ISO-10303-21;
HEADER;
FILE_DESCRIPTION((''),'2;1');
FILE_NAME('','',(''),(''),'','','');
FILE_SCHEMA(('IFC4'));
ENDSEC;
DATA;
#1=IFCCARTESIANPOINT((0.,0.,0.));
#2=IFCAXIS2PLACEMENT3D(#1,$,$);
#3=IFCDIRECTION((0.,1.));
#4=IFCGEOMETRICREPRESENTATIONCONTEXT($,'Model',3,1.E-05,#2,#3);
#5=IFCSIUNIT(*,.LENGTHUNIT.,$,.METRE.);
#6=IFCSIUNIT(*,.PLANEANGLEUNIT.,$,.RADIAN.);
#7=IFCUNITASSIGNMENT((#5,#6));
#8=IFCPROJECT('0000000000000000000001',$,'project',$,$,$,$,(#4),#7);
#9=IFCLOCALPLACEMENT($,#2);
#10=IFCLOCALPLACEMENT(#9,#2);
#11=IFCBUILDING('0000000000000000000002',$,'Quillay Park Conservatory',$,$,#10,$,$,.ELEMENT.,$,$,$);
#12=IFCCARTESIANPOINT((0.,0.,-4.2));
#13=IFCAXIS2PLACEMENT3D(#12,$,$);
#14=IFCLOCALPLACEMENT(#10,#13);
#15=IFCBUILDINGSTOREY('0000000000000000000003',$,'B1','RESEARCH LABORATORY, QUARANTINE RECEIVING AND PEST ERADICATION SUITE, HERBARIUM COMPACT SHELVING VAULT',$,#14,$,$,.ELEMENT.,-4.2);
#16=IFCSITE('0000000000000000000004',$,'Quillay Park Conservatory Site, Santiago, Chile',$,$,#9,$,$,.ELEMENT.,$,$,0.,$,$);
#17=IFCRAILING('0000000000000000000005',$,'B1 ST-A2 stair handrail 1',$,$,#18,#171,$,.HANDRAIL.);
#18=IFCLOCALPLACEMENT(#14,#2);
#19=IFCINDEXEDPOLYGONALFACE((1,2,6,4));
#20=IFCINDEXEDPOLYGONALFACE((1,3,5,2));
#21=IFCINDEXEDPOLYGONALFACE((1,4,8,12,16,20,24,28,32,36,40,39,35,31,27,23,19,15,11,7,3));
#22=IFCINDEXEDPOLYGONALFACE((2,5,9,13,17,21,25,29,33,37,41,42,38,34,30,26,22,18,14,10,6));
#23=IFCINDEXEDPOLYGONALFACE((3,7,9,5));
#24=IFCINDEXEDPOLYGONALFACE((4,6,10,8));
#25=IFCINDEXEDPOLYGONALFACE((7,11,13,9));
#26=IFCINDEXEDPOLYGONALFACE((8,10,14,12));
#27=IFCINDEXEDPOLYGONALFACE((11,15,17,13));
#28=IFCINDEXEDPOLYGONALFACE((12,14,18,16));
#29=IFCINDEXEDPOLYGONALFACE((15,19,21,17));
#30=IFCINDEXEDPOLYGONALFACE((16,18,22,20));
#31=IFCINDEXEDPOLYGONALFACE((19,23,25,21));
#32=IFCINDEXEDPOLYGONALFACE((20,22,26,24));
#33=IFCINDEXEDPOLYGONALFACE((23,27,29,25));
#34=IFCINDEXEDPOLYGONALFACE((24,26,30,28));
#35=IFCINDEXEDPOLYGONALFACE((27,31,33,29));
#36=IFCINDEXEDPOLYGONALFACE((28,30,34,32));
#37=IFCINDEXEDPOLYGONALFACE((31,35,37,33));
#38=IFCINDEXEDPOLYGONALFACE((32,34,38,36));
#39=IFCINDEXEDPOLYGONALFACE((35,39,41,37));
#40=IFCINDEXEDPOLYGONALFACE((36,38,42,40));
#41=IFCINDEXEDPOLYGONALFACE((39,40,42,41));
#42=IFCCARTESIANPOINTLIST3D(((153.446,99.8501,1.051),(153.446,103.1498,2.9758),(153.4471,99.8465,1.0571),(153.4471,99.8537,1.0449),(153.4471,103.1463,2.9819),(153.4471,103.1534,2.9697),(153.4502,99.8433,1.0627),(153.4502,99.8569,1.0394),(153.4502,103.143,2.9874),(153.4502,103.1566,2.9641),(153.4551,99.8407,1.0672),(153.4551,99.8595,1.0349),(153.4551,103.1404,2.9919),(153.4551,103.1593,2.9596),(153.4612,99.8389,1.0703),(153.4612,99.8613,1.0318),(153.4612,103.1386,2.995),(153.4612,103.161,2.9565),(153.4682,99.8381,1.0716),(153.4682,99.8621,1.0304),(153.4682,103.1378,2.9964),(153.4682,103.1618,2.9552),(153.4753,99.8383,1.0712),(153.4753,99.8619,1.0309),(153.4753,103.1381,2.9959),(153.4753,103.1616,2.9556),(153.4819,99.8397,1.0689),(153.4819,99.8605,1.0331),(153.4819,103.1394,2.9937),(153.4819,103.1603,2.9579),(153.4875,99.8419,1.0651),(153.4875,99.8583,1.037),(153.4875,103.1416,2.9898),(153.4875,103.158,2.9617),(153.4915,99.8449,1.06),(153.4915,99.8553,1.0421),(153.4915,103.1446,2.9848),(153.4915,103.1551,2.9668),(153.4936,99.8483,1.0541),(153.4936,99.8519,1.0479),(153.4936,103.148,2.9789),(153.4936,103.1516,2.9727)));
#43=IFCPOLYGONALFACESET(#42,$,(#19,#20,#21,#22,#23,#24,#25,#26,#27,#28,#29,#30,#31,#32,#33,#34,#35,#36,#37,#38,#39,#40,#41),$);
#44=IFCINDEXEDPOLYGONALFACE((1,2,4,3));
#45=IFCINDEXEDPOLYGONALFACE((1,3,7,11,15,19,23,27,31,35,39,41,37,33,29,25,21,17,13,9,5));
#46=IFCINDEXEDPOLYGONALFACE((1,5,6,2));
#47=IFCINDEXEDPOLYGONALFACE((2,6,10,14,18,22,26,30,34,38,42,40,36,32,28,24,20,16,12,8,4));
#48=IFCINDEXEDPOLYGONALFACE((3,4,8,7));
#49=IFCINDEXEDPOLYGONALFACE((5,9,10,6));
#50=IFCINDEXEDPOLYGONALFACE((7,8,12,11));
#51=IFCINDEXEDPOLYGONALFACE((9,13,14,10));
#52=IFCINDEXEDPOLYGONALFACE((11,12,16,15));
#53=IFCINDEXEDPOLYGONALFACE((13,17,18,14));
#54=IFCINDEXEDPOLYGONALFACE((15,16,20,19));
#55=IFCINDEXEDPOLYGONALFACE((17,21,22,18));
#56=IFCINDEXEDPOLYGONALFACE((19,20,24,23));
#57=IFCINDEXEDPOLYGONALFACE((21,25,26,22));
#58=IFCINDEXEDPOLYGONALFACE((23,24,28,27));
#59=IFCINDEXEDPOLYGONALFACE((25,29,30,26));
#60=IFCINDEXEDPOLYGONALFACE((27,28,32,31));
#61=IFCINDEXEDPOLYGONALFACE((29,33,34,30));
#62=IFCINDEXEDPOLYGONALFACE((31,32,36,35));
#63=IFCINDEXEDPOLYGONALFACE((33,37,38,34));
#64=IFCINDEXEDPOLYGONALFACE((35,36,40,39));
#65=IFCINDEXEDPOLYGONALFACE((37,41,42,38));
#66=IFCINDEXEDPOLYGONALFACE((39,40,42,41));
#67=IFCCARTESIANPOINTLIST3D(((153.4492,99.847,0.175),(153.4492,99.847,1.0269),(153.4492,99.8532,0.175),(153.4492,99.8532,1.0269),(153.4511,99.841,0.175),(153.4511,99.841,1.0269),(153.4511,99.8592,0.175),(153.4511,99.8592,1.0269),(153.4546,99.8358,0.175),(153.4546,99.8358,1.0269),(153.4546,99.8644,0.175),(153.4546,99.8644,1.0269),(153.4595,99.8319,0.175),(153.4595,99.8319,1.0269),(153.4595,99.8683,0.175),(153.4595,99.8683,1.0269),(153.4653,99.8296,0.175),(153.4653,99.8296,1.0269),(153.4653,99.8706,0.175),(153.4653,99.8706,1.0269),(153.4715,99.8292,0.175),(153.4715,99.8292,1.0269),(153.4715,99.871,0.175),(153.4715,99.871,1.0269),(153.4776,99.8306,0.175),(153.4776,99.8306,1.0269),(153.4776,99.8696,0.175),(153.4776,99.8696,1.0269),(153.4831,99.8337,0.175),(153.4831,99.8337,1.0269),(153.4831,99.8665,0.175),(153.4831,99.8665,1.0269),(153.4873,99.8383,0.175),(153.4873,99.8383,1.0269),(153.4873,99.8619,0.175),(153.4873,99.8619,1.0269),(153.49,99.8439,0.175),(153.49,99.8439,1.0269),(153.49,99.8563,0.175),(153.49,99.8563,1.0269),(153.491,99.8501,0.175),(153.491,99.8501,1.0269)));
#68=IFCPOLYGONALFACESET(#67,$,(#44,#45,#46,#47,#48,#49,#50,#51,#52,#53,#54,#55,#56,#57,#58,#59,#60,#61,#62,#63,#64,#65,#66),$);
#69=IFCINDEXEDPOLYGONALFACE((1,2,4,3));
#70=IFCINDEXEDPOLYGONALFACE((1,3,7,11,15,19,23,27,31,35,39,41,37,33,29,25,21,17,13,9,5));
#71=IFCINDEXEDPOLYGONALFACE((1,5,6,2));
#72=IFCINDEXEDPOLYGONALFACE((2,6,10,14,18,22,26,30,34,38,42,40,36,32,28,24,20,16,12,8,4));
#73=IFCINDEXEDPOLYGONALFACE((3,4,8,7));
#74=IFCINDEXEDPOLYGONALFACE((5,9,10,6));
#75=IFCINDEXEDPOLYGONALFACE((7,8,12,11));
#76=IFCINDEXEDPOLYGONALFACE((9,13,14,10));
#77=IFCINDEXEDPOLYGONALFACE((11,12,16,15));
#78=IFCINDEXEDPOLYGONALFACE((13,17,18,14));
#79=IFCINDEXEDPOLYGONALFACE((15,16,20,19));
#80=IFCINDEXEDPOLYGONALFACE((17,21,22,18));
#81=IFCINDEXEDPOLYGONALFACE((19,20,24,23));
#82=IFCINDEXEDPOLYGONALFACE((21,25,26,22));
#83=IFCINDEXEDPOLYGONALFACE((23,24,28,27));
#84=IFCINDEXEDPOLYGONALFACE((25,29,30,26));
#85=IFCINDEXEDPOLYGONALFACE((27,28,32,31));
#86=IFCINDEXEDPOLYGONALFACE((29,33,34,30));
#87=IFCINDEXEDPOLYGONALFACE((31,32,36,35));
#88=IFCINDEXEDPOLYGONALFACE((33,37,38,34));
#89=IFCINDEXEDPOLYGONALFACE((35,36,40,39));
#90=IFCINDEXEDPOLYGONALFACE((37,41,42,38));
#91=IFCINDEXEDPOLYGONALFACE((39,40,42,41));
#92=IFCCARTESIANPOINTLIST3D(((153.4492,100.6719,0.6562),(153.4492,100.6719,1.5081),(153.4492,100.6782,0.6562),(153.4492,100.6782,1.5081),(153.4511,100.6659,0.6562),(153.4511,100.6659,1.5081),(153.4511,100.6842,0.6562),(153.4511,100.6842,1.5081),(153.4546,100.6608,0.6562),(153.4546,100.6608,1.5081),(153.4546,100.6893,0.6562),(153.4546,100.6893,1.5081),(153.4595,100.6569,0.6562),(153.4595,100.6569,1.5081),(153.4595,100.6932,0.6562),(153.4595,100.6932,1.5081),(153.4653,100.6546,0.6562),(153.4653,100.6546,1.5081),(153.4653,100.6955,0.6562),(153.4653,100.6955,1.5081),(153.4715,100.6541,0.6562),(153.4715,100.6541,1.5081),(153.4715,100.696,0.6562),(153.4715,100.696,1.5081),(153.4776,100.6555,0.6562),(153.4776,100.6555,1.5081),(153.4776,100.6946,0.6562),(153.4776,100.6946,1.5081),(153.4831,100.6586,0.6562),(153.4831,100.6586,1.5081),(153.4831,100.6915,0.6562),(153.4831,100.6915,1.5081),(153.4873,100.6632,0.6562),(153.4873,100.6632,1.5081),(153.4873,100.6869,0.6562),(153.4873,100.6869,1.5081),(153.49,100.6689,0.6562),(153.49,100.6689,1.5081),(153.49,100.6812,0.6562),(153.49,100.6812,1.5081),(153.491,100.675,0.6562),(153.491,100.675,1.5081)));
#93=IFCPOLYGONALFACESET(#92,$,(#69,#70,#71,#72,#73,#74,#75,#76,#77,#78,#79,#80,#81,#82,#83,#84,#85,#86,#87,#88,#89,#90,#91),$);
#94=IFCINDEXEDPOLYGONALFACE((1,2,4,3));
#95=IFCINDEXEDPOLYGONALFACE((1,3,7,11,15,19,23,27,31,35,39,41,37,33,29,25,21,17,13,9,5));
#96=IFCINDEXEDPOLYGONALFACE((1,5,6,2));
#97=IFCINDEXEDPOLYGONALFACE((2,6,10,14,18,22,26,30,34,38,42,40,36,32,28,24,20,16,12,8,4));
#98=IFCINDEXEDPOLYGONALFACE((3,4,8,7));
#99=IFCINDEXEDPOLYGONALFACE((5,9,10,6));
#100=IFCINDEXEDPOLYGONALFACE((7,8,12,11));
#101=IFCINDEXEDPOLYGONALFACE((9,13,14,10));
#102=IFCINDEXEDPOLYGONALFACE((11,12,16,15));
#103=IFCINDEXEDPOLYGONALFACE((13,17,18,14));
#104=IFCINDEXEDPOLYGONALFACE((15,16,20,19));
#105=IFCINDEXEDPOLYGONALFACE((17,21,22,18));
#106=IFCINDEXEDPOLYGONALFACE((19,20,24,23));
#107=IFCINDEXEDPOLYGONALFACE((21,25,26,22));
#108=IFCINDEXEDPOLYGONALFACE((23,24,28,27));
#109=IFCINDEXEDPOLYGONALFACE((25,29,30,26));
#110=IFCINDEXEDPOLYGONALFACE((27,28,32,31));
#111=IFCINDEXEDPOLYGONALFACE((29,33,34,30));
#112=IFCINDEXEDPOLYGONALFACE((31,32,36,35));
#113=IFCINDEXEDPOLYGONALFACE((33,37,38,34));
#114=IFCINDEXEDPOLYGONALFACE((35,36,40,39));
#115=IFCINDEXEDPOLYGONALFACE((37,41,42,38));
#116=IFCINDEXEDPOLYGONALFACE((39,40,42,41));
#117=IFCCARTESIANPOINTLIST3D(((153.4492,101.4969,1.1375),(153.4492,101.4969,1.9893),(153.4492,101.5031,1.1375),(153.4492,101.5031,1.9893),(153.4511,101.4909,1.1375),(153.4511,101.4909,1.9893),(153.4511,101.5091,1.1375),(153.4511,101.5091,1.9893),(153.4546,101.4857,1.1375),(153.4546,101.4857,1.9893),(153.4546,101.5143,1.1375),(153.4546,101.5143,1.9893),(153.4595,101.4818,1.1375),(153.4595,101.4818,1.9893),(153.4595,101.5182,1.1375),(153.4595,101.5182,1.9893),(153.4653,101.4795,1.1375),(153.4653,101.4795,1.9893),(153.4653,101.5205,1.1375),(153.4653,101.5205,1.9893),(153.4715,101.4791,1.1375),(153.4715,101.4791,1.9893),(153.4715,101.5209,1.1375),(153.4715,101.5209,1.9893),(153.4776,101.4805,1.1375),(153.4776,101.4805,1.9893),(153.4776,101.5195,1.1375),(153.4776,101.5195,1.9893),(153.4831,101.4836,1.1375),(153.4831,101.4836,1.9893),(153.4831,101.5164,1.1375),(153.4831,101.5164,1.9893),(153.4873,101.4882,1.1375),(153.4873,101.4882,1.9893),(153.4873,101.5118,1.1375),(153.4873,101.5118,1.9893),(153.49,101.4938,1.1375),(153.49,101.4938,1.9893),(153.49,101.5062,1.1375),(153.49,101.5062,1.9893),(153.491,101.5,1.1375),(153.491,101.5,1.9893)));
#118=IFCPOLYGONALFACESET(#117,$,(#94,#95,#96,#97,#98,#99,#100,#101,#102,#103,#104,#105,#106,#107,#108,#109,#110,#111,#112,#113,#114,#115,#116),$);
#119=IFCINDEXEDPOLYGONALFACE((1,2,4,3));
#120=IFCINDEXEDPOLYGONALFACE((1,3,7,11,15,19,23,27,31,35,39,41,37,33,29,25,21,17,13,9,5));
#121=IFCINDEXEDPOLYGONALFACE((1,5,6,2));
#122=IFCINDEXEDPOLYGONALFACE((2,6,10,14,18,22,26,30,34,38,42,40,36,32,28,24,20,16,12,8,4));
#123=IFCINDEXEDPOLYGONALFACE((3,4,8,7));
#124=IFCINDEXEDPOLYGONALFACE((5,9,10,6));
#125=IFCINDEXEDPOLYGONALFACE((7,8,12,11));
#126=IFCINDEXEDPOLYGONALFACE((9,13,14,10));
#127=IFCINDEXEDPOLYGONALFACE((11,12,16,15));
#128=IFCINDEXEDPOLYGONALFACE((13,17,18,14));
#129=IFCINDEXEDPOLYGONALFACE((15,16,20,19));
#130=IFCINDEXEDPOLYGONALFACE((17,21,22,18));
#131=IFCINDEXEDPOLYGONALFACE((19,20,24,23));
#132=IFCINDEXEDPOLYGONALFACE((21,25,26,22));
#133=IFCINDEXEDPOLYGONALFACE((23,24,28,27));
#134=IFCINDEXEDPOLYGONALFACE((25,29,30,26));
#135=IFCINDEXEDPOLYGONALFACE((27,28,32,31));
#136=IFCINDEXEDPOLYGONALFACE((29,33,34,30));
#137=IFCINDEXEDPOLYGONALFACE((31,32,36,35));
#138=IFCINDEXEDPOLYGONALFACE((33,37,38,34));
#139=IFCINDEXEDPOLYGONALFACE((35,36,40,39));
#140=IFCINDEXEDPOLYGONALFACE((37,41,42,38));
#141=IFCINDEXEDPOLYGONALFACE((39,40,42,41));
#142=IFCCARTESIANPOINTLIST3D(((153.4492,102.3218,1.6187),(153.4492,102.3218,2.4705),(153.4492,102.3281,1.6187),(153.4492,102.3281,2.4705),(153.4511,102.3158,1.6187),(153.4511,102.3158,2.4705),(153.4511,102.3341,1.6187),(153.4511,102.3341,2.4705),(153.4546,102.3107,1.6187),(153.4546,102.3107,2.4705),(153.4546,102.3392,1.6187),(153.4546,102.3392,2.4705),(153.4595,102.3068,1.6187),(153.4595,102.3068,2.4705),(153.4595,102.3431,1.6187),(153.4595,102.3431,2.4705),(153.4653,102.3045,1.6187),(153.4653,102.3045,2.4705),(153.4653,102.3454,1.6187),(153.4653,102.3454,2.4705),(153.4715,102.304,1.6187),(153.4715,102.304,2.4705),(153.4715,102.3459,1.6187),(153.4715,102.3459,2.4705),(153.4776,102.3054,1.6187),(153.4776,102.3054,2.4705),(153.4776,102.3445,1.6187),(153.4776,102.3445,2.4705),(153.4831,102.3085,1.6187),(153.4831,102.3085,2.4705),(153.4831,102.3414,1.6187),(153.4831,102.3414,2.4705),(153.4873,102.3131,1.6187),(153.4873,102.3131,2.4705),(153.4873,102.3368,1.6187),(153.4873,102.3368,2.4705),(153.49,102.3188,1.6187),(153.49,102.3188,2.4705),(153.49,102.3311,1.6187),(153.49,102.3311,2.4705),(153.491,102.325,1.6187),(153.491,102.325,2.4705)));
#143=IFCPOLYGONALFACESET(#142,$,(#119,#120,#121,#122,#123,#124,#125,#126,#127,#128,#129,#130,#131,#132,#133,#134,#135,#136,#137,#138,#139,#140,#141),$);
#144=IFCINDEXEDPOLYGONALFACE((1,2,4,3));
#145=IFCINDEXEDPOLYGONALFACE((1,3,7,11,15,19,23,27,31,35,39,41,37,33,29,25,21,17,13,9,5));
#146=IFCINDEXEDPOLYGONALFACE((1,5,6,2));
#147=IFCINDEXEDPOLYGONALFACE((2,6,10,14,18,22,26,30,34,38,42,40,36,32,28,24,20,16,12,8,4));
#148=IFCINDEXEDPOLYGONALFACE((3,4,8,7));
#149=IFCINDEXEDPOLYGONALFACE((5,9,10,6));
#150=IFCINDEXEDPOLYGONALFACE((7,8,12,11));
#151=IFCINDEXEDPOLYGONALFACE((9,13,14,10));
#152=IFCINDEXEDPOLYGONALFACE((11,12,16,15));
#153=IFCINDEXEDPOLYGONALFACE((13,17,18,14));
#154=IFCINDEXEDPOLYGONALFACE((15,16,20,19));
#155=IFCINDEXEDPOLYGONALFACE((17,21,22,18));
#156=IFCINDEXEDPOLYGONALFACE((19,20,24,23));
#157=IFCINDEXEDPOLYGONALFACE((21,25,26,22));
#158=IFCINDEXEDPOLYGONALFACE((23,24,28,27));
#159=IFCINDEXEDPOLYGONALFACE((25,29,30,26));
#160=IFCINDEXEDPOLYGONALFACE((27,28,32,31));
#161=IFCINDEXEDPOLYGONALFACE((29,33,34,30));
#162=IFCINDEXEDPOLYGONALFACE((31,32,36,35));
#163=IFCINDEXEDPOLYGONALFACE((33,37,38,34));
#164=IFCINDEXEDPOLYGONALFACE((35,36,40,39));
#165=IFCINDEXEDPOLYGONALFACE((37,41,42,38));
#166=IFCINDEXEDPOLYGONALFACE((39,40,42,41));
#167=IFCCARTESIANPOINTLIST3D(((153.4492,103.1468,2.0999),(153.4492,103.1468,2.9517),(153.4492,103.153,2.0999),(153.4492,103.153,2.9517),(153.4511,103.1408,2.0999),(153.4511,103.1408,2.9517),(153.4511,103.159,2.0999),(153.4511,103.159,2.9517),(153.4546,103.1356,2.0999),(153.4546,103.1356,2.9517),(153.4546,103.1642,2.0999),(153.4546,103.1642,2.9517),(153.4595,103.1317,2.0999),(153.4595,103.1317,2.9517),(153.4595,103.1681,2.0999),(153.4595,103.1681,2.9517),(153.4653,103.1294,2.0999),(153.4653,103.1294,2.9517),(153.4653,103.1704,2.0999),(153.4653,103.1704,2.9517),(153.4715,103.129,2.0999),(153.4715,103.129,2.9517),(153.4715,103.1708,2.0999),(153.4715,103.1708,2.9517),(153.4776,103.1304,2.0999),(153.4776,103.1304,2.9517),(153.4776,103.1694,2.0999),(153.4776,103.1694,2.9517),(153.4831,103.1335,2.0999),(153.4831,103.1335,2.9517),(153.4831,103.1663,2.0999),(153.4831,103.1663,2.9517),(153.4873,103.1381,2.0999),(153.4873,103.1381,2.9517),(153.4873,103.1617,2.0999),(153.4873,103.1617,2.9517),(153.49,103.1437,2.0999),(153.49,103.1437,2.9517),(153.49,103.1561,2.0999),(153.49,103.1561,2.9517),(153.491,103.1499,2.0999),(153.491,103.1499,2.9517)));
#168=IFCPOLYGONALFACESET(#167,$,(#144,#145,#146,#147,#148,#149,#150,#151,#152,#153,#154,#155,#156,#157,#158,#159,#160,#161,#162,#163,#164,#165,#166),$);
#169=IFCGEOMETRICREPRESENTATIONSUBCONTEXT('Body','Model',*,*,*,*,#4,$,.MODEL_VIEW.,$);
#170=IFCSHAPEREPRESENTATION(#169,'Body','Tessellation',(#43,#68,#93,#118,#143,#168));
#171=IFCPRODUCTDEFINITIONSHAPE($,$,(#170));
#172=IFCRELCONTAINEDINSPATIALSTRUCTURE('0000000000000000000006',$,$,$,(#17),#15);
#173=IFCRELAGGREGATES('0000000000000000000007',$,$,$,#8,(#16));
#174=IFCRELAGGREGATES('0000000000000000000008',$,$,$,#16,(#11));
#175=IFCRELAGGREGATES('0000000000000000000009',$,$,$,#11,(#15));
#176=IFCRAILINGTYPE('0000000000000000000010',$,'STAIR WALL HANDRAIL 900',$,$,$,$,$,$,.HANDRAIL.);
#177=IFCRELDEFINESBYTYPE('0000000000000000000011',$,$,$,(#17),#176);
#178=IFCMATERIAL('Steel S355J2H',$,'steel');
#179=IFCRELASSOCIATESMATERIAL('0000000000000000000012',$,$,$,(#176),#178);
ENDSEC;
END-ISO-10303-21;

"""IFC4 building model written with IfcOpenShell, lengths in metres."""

from ifc_helpers import new_model, si_unit, direction, frame, origin, origin_2d, place, context, subcontext, project, spatial, circle, extrude, material, type_object, element, save


model = new_model("IFC4")

# Units and contexts
model_context = context("Model", 3, precision=1e-05, world=origin(), true_north=direction((0.0, 1.0)))
body_context = subcontext(model_context, "Body", "Model", "MODEL_VIEW")
ifc_project = project(units=[si_unit("LENGTHUNIT", "METRE"), si_unit("PLANEANGLEUNIT", "RADIAN")], contexts=[model_context])

# Site, building, storey
site_placement = place(None, origin())
site = spatial("IfcSite", under=ifc_project, at=site_placement, Name="Quillay Park Conservatory Site, Santiago, Chile", CompositionType="ELEMENT", RefElevation=0.0)
building_placement = place(site_placement, origin())
building = spatial("IfcBuilding", under=site, at=building_placement, Name="Quillay Park Conservatory", CompositionType="ELEMENT")
storey_placement = place(building_placement, frame((0.0, 0.0, -4.2)))
storey = spatial("IfcBuildingStorey", under=building, at=storey_placement, Name="B1", Description="RESEARCH LABORATORY, QUARANTINE RECEIVING AND PEST ERADICATION SUITE, HERBARIUM COMPACT SHELVING VAULT", CompositionType="ELEMENT", Elevation=-4.2)

# Railing
ifc_material_1 = material(Name="Steel S355J2H", Category="steel")
railing_type_1 = type_object("IfcRailingType", Name="STAIR WALL HANDRAIL 900", PredefinedType="HANDRAIL", material=ifc_material_1)
railing_1_placement = place(storey_placement, frame((153.47, 99.8501, 0.175)))
element("IfcRailing", 1, at=railing_1_placement, inside=storey, type_object=railing_type_1, Name="B1 ST-A2 stair handrail 1", PredefinedType="HANDRAIL", context=body_context, shape_type="SweptSolid", body=[
    extrude(circle(Radius=0.0239, at=origin_2d()), frame((0.0, 0.0, 0.876), z_axis=(0.0, 0.863788, 0.503855), x_axis=(-1.0, 0.0, 0.0)), (0.0, 0.0, 1.0), 3.8201),
    extrude(circle(Radius=0.021, at=origin_2d()), origin(), (0.0, 0.0, 1.0), 0.8518),
    extrude(circle(Radius=0.021, at=origin_2d()), frame((0.0, 0.825, 0.4812)), (0.0, 0.0, 1.0), 0.8518),
    extrude(circle(Radius=0.021, at=origin_2d()), frame((0.0, 1.6499, 0.9624)), (0.0, 0.0, 1.0), 0.8518),
    extrude(circle(Radius=0.021, at=origin_2d()), frame((0.0, 2.4749, 1.4436)), (0.0, 0.0, 1.0), 0.8518),
    extrude(circle(Radius=0.021, at=origin_2d()), frame((0.0, 3.2998, 1.9248)), (0.0, 0.0, 1.0), 0.8518),
])

save(model, "model.ifc")
